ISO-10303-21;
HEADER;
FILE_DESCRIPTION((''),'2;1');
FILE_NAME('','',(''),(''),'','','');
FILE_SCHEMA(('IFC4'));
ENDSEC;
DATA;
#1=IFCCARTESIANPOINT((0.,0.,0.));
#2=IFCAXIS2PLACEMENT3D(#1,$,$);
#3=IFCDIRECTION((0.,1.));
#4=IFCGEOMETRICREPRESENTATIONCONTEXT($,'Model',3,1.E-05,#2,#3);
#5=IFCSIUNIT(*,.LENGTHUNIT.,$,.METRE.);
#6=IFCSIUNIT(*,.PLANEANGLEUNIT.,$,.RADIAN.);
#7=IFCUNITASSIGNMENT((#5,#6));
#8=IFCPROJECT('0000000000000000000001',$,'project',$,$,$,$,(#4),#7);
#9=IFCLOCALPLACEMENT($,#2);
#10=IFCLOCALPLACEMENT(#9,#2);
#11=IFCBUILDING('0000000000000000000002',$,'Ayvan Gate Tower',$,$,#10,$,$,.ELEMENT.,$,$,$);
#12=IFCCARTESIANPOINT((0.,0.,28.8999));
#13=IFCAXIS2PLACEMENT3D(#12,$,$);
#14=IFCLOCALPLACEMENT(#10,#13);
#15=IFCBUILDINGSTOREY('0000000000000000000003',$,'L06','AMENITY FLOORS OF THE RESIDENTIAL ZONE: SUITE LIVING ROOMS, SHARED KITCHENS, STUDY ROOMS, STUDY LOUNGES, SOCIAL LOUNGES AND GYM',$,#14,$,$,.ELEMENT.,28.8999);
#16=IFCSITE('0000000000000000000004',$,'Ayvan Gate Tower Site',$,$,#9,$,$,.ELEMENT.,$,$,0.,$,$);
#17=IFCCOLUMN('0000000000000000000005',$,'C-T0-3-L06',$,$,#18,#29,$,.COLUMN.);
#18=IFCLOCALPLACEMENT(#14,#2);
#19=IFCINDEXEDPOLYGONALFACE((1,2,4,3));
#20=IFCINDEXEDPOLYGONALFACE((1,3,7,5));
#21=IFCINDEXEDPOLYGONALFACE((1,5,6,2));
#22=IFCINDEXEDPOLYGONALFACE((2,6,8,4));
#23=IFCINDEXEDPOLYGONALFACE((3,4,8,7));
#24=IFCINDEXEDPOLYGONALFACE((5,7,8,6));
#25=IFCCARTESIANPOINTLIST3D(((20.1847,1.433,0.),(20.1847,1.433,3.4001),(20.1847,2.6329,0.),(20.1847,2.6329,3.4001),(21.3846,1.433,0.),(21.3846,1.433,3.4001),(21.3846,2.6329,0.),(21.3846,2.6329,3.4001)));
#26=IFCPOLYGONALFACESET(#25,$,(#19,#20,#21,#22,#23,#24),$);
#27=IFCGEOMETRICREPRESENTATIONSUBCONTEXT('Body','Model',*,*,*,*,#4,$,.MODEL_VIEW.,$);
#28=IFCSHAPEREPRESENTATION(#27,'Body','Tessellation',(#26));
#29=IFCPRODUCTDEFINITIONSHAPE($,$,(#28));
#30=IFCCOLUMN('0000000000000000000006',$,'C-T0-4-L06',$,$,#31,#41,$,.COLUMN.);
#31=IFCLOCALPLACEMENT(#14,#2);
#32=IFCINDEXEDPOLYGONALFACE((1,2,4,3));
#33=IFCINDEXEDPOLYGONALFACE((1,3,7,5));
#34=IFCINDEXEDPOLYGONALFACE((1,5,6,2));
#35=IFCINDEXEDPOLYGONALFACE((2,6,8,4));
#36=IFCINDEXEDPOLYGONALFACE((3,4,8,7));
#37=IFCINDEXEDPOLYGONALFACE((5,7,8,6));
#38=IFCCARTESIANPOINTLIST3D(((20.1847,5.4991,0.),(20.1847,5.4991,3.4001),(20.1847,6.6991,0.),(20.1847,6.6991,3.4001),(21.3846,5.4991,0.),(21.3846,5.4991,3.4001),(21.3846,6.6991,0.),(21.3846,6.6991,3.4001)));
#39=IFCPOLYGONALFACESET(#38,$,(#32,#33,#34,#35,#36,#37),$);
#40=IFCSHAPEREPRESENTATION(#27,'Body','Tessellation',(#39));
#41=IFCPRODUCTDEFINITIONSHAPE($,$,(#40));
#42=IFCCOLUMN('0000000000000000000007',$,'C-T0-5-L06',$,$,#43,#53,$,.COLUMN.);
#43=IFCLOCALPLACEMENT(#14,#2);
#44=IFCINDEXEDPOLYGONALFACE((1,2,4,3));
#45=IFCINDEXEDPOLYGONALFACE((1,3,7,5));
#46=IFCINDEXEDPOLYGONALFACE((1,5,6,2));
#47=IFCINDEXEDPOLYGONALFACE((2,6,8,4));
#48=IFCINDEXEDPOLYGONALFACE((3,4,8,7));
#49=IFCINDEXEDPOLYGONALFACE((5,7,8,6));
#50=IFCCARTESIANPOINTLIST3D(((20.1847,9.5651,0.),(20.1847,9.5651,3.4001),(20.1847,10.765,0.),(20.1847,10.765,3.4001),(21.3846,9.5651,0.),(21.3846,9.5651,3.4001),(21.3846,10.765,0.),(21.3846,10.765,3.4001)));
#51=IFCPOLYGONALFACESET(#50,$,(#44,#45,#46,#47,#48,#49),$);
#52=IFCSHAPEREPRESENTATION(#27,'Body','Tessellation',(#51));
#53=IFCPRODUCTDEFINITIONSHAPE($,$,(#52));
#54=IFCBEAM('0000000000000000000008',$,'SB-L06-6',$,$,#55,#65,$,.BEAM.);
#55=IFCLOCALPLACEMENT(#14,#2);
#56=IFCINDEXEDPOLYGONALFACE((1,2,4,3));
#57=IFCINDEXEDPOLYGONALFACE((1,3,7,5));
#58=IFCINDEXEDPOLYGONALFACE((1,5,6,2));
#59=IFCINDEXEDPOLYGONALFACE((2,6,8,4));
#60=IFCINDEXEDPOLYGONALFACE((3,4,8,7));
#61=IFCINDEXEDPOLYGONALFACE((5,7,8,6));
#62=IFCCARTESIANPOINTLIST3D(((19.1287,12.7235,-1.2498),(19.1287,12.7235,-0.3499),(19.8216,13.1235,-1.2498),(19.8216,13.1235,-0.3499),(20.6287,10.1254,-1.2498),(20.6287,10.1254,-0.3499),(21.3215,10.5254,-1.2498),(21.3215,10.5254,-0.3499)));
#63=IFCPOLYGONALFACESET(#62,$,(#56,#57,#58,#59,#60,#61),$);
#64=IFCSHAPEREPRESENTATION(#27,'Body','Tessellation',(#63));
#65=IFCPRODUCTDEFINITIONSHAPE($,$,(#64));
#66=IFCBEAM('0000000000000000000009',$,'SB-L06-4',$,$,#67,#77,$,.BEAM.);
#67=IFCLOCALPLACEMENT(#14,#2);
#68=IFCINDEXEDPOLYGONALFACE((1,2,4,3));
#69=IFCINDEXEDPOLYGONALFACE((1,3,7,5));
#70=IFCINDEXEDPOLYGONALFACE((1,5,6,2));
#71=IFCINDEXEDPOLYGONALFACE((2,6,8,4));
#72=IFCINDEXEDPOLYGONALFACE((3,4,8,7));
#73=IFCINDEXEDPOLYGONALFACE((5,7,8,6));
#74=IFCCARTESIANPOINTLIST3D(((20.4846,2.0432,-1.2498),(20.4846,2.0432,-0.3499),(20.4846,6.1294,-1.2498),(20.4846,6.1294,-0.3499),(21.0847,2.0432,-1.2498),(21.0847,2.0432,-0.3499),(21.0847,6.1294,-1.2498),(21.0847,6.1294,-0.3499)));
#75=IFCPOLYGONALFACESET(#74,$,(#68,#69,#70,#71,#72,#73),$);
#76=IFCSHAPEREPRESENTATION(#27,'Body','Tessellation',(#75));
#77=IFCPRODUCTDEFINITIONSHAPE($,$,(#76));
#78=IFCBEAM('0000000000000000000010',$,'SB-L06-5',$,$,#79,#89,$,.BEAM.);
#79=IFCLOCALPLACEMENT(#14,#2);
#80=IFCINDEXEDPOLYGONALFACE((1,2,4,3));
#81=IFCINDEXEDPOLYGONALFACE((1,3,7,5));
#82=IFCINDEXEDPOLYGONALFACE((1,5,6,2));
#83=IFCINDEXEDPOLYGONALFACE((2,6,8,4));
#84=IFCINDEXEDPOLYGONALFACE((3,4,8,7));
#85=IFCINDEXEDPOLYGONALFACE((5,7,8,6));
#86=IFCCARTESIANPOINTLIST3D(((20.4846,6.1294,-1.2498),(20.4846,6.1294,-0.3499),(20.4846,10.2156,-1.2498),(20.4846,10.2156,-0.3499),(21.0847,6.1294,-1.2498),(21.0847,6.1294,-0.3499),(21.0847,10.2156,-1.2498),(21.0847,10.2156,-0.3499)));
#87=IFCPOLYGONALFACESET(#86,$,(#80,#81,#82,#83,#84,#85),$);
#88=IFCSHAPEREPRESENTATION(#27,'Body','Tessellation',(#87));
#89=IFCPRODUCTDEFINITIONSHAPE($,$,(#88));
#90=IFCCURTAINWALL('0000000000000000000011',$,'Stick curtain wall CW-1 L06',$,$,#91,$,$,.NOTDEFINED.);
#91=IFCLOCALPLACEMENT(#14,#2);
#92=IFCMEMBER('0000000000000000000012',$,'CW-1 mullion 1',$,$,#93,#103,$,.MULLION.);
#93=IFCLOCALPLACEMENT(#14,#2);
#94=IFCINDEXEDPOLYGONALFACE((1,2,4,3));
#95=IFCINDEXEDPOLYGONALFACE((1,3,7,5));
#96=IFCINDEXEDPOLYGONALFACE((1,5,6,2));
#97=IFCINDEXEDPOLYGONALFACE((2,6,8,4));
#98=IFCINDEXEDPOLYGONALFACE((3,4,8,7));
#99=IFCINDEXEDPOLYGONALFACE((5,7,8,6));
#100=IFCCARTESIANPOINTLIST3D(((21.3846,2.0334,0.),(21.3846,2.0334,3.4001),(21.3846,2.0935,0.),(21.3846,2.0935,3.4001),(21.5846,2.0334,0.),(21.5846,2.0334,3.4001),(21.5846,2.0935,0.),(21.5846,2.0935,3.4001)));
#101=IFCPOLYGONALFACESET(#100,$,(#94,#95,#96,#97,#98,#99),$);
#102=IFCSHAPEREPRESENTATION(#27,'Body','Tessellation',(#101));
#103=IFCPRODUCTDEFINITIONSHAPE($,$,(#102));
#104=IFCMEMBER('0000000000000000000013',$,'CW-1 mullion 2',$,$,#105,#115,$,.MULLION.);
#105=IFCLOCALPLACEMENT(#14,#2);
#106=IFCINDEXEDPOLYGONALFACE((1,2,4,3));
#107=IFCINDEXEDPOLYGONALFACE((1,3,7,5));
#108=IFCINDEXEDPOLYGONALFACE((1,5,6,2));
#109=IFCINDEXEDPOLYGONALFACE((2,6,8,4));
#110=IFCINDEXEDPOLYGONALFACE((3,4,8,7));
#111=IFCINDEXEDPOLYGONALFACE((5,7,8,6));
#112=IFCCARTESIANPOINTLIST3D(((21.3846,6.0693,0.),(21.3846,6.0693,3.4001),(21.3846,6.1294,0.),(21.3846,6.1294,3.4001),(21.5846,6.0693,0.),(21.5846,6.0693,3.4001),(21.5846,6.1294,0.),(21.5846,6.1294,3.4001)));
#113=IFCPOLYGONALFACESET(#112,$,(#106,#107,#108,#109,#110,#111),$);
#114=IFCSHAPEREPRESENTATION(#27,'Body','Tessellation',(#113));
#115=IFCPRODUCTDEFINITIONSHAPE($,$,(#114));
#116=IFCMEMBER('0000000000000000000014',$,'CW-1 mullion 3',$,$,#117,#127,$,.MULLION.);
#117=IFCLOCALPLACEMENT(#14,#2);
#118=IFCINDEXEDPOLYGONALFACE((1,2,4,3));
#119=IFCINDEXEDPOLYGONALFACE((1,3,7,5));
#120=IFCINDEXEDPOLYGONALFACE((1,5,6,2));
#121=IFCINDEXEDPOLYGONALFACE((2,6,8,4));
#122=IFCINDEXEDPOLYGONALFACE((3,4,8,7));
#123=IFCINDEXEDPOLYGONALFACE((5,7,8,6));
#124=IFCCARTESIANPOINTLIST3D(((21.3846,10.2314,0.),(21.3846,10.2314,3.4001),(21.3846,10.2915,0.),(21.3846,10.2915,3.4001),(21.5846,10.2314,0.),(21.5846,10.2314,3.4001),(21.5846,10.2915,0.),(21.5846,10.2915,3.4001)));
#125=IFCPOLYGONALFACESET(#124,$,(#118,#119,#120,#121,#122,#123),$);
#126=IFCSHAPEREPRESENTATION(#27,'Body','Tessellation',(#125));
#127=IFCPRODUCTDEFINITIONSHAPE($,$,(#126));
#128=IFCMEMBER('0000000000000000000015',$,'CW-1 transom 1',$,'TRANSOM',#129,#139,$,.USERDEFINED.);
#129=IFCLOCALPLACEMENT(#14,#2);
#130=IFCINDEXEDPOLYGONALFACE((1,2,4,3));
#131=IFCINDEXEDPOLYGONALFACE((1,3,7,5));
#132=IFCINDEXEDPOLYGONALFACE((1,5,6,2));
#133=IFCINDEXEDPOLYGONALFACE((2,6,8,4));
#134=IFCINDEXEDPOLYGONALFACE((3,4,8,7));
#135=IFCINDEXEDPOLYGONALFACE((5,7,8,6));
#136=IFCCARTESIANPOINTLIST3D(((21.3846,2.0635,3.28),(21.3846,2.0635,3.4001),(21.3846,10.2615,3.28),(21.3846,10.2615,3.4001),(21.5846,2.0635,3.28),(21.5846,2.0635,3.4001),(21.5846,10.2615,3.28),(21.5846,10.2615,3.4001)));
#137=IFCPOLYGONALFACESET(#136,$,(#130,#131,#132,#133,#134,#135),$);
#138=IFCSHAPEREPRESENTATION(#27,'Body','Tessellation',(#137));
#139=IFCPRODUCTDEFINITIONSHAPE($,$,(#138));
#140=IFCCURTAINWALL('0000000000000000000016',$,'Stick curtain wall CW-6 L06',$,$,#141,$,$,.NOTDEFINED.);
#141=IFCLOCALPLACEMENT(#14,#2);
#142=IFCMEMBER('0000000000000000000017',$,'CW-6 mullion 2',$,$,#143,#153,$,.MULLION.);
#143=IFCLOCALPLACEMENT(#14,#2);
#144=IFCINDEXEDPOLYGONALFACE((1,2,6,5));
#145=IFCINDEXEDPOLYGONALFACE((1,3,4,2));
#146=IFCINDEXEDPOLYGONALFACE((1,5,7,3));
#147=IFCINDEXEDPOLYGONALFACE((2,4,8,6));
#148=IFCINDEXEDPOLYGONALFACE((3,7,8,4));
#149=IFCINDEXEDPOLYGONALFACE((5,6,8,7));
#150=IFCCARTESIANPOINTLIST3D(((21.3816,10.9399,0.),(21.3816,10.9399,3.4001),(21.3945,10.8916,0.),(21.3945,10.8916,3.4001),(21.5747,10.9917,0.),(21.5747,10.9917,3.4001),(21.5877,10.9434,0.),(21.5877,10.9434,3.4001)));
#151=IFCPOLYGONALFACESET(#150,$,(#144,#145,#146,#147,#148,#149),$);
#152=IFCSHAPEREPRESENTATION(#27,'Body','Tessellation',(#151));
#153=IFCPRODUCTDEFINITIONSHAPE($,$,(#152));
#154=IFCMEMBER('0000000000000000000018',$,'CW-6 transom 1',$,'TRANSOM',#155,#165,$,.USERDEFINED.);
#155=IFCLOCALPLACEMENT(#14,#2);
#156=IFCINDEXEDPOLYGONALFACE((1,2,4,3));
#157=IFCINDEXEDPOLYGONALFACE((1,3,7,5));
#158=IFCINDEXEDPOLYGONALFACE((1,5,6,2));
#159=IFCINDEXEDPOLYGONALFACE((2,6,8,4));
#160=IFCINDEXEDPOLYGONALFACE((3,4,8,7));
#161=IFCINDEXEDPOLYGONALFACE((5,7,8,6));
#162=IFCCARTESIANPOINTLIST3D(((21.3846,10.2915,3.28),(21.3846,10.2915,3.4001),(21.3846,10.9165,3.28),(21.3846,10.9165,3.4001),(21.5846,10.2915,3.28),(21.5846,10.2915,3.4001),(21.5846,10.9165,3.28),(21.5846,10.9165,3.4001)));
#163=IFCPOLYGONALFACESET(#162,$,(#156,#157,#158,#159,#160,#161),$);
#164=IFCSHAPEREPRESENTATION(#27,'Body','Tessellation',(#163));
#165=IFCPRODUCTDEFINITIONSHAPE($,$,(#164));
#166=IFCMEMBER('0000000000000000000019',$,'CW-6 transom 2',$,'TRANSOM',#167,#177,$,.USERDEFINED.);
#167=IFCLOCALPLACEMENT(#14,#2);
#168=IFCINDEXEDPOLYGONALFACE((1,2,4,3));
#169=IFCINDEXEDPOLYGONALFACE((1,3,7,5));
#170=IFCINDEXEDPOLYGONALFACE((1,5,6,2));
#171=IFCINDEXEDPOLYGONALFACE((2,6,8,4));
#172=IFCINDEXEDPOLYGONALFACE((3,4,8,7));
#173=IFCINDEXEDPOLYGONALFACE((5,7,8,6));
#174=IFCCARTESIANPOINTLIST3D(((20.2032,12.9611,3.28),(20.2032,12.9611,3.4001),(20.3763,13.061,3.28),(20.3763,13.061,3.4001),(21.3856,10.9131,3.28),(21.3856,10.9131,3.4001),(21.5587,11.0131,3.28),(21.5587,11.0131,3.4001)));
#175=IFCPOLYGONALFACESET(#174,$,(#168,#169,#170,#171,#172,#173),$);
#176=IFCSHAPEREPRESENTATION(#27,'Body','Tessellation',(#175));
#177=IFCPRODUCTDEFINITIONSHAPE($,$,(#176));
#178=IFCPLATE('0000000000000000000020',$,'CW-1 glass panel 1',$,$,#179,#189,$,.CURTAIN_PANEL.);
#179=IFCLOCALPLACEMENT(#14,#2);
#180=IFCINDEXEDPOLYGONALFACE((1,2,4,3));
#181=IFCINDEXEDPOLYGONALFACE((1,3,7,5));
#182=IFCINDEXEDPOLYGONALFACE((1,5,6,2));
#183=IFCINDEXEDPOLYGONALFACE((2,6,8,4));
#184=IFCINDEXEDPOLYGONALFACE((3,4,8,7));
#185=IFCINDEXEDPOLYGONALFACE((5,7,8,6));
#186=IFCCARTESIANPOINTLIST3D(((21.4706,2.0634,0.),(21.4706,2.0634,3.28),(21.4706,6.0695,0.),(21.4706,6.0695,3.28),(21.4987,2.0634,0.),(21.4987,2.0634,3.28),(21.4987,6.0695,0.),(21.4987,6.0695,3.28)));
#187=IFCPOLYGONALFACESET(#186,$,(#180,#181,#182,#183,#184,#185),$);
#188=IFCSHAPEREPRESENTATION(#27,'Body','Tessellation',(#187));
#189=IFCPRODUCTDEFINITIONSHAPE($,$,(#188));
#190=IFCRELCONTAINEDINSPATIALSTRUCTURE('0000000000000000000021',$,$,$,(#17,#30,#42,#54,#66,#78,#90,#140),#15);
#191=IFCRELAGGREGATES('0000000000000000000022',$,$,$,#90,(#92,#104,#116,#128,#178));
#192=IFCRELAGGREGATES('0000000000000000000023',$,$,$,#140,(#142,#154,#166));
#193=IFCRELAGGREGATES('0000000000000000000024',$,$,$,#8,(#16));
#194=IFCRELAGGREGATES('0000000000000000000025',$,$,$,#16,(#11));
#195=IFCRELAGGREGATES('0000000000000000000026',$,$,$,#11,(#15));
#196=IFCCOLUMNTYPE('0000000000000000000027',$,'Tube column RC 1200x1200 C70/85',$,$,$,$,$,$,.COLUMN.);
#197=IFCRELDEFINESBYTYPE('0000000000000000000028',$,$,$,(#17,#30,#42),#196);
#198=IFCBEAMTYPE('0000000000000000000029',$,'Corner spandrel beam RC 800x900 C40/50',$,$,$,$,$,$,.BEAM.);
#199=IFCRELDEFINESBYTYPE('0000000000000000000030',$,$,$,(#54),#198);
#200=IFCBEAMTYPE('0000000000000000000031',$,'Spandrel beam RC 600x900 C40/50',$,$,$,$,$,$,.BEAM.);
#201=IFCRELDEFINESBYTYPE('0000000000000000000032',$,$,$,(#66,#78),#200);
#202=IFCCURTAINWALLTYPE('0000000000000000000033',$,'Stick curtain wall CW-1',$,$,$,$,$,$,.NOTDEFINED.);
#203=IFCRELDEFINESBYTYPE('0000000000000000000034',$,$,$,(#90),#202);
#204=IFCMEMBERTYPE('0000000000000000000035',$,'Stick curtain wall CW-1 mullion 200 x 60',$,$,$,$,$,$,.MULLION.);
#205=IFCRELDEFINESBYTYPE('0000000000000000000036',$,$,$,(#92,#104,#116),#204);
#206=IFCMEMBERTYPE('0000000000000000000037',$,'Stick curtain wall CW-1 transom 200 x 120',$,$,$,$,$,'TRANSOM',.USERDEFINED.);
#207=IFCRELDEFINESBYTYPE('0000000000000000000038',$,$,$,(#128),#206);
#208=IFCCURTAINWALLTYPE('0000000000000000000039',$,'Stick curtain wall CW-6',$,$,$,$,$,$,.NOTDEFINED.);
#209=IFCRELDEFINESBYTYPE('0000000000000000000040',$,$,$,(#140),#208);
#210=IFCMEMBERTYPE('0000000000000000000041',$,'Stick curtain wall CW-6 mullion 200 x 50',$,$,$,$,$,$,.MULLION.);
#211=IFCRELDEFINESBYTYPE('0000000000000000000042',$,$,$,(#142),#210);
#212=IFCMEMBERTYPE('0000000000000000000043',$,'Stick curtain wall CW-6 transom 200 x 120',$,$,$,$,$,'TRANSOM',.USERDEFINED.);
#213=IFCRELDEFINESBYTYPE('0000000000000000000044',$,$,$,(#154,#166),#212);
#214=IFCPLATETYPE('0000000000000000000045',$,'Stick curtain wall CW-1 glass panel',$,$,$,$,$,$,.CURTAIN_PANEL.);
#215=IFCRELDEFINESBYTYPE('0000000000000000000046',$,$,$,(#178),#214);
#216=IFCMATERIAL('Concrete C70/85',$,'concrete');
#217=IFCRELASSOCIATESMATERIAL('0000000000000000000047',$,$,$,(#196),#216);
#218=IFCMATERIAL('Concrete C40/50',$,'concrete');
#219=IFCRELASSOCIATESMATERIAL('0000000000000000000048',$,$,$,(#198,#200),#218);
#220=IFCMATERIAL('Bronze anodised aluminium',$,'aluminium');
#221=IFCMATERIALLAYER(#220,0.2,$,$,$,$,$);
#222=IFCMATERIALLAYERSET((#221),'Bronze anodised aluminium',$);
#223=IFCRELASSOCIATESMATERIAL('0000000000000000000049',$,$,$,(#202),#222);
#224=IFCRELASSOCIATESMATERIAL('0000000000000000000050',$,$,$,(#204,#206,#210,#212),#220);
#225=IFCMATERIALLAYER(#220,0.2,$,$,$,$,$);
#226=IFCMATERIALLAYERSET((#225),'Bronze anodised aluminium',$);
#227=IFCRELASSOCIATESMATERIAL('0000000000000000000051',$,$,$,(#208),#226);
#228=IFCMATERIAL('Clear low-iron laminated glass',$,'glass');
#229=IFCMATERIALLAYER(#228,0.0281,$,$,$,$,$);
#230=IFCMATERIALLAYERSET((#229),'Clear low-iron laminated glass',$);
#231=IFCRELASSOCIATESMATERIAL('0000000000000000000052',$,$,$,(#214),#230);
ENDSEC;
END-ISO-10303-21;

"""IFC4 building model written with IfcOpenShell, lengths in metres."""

from ifc_helpers import new_model, si_unit, direction, frame, origin, origin_2d, place, context, subcontext, project, spatial, rectangle, extrude, material, layer, layer_set, material_profile, profile_set, type_object, element, aggregate, save


model = new_model("IFC4")

# Units and contexts
model_context = context("Model", 3, precision=1e-05, world=origin(), true_north=direction((0.0, 1.0)))
body_context = subcontext(model_context, "Body", "Model", "MODEL_VIEW")
ifc_project = project(units=[si_unit("LENGTHUNIT", "METRE"), si_unit("PLANEANGLEUNIT", "RADIAN")], contexts=[model_context])

# Site, building, storey
site_placement = place(None, origin())
site = spatial("IfcSite", under=ifc_project, at=site_placement, Name="Ayvan Gate Tower Site", CompositionType="ELEMENT", RefElevation=0.0)
building_placement = place(site_placement, origin())
building = spatial("IfcBuilding", under=site, at=building_placement, Name="Ayvan Gate Tower", CompositionType="ELEMENT")
storey_placement = place(building_placement, frame((0.0, 0.0, 28.8999)))
storey = spatial("IfcBuildingStorey", under=building, at=storey_placement, Name="L06", Description="AMENITY FLOORS OF THE RESIDENTIAL ZONE: SUITE LIVING ROOMS, SHARED KITCHENS, STUDY ROOMS, STUDY LOUNGES, SOCIAL LOUNGES AND GYM", CompositionType="ELEMENT", Elevation=28.8999)

# Columns
ifc_material_1 = material(Name="Concrete C70/85", Category="concrete")
ifc_material_profile_1 = material_profile(ifc_material_1, rectangle(XDim=1.2, YDim=1.2, at=origin_2d()), Name="RC 1200x1200")
ifc_profile_set_1 = profile_set([ifc_material_profile_1], Name="Concrete C70/85")
column_type = type_object("IfcColumnType", Name="Tube column RC 1200x1200 C70/85", PredefinedType="COLUMN", material=ifc_profile_set_1)
for number, where, z_axis, x_axis, name in (
    (1, (20.7847, 2.033, 0.0), (0.0, 0.0, 1.0), (1.0, 0.0, 0.0), "C-T0-3-L06"),
    (2, (20.7847, 6.0991, 0.0), (0.0, 0.0, 1.0), (1.0, 0.0, 0.0), "C-T0-4-L06"),
    (3, (20.7847, 10.165, 0.0), (0.0, 0.0, 1.0), (1.0, 0.0, 0.0), "C-T0-5-L06"),
):
    element("IfcColumn", number, at=place(storey_placement, frame(where, z_axis=z_axis, x_axis=x_axis)), inside=storey, type_object=column_type, Name=name, PredefinedType="COLUMN", context=body_context, shape_type="SweptSolid", body=[
        extrude(rectangle(XDim=1.2, YDim=1.2, at=origin_2d()), origin(), (0.0, 0.0, 1.0), 3.4001),
    ])

# Beams
ifc_material_2 = material(Name="Concrete C40/50", Category="concrete")
ifc_material_profile_2 = material_profile(ifc_material_2, rectangle(XDim=0.8, YDim=0.8999, at=origin_2d()), Name="RC 800x900")
ifc_profile_set_2 = profile_set([ifc_material_profile_2], Name="Concrete C40/50")
beam_type_1 = type_object("IfcBeamType", Name="Corner spandrel beam RC 800x900 C40/50", PredefinedType="BEAM", material=ifc_profile_set_2)
beam_placement = place(storey_placement, frame((20.9751, 10.3254, -0.7998), z_axis=(-0.49999, 0.866031, 0.0), x_axis=(-0.866031, -0.49999, 0.0)))
element("IfcBeam", 4, at=beam_placement, inside=storey, type_object=beam_type_1, Name="SB-L06-6", PredefinedType="BEAM", context=body_context, shape_type="SweptSolid", body=[
    extrude(rectangle(XDim=0.8, YDim=0.8999, at=origin_2d()), origin(), (0.0, 0.0, 1.0), 3.0),
])
ifc_material_profile_3 = material_profile(ifc_material_2, rectangle(XDim=0.6001, YDim=0.8999, at=origin_2d()), Name="RC 600x900")
ifc_profile_set_3 = profile_set([ifc_material_profile_3], Name="Concrete C40/50")
beam_type_2 = type_object("IfcBeamType", Name="Spandrel beam RC 600x900 C40/50", PredefinedType="BEAM", material=ifc_profile_set_3)
for number, where, z_axis, x_axis, name in (
    (5, (20.7847, 2.0432, -0.7998), (0.0, 1.0, 0.0), (-1.0, 0.0, 0.0), "SB-L06-4"),
    (6, (20.7847, 6.1294, -0.7998), (0.0, 1.0, 0.0), (-1.0, 0.0, 0.0), "SB-L06-5"),
):
    element("IfcBeam", number, at=place(storey_placement, frame(where, z_axis=z_axis, x_axis=x_axis)), inside=storey, type_object=beam_type_2, Name=name, PredefinedType="BEAM", context=body_context, shape_type="SweptSolid", body=[
        extrude(rectangle(XDim=0.6001, YDim=0.8999, at=origin_2d()), origin(), (0.0, 0.0, 1.0), 4.0862),
    ])

# Curtain walls, members
ifc_material_3 = material(Name="Bronze anodised aluminium", Category="aluminium")
ifc_layer_1 = layer(ifc_material_3, 0.2)
ifc_layer_set_1 = layer_set([ifc_layer_1], Name="Bronze anodised aluminium")
curtain_wall_type_1 = type_object("IfcCurtainWallType", Name="Stick curtain wall CW-1", PredefinedType="NOTDEFINED", material=ifc_layer_set_1)
curtain_wall_1_placement = place(storey_placement, origin())
curtain_wall_1 = element("IfcCurtainWall", 7, at=curtain_wall_1_placement, inside=storey, type_object=curtain_wall_type_1, Name="Stick curtain wall CW-1 L06", PredefinedType="NOTDEFINED")
ifc_material_profile_4 = material_profile(ifc_material_3, rectangle(XDim=0.2, YDim=0.0601, at=origin_2d()), Name="Stick curtain wall CW-1 mullion 200 x 60")
ifc_profile_set_4 = profile_set([ifc_material_profile_4], Name="Bronze anodised aluminium")
member_type_1 = type_object("IfcMemberType", Name="Stick curtain wall CW-1 mullion 200 x 60", PredefinedType="MULLION", material=ifc_profile_set_4)
member_1_placement = place(storey_placement, frame((21.4846, 2.0635, 0.0), z_axis=(0.0, 0.0, 1.0), x_axis=(1.0, 0.0, 0.0)))
member_1 = element("IfcMember", 8, at=member_1_placement, type_object=member_type_1, Name="CW-1 mullion 1", PredefinedType="MULLION", context=body_context, shape_type="SweptSolid", body=[
    extrude(rectangle(XDim=0.2, YDim=0.0601, at=origin_2d()), origin(), (0.0, 0.0, 1.0), 3.4001),
])
member_2_placement = place(storey_placement, frame((21.4846, 6.0994, 0.0), z_axis=(0.0, 0.0, 1.0), x_axis=(1.0, 0.0, 0.0)))
member_2 = element("IfcMember", 9, at=member_2_placement, type_object=member_type_1, Name="CW-1 mullion 2", PredefinedType="MULLION", context=body_context, shape_type="SweptSolid", body=[
    extrude(rectangle(XDim=0.2, YDim=0.0601, at=origin_2d()), origin(), (0.0, 0.0, 1.0), 3.4001),
])
member_3_placement = place(storey_placement, frame((21.4846, 10.2615, 0.0), z_axis=(0.0, 0.0, 1.0), x_axis=(1.0, 0.0, 0.0)))
member_3 = element("IfcMember", 10, at=member_3_placement, type_object=member_type_1, Name="CW-1 mullion 3", PredefinedType="MULLION", context=body_context, shape_type="SweptSolid", body=[
    extrude(rectangle(XDim=0.2, YDim=0.0601, at=origin_2d()), origin(), (0.0, 0.0, 1.0), 3.4001),
])
ifc_material_profile_5 = material_profile(ifc_material_3, rectangle(XDim=0.2, YDim=0.1201, at=origin_2d()), Name="Stick curtain wall CW-1 transom 200 x 120")
ifc_profile_set_5 = profile_set([ifc_material_profile_5], Name="Bronze anodised aluminium")
member_type_2 = type_object("IfcMemberType", Name="Stick curtain wall CW-1 transom 200 x 120", ElementType="TRANSOM", PredefinedType="USERDEFINED", material=ifc_profile_set_5)
member_4_placement = place(storey_placement, frame((21.4846, 2.0635, 3.3401), z_axis=(0.0, 1.0, 0.0), x_axis=(-1.0, 0.0, 0.0)))
member_4 = element("IfcMember", 11, at=member_4_placement, type_object=member_type_2, Name="CW-1 transom 1", ObjectType="TRANSOM", PredefinedType="USERDEFINED", context=body_context, shape_type="SweptSolid", body=[
    extrude(rectangle(XDim=0.2, YDim=0.1201, at=origin_2d()), origin(), (0.0, 0.0, 1.0), 8.198),
])
ifc_layer_2 = layer(ifc_material_3, 0.2)
ifc_layer_set_2 = layer_set([ifc_layer_2], Name="Bronze anodised aluminium")
curtain_wall_type_2 = type_object("IfcCurtainWallType", Name="Stick curtain wall CW-6", PredefinedType="NOTDEFINED", material=ifc_layer_set_2)
curtain_wall_2_placement = place(storey_placement, origin())
curtain_wall_2 = element("IfcCurtainWall", 12, at=curtain_wall_2_placement, inside=storey, type_object=curtain_wall_type_2, Name="Stick curtain wall CW-6 L06", PredefinedType="NOTDEFINED")
ifc_material_profile_6 = material_profile(ifc_material_3, rectangle(XDim=0.2, YDim=0.05, at=origin_2d()), Name="Stick curtain wall CW-6 mullion 200 x 50")
ifc_profile_set_6 = profile_set([ifc_material_profile_6], Name="Bronze anodised aluminium")
member_type_3 = type_object("IfcMemberType", Name="Stick curtain wall CW-6 mullion 200 x 50", PredefinedType="MULLION", material=ifc_profile_set_6)
member_5_placement = place(storey_placement, frame((21.4846, 10.9417, 0.0), z_axis=(0.0, 0.0, 1.0), x_axis=(0.965926, 0.258819, 0.0)))
member_5 = element("IfcMember", 13, at=member_5_placement, type_object=member_type_3, Name="CW-6 mullion 2", PredefinedType="MULLION", context=body_context, shape_type="SweptSolid", body=[
    extrude(rectangle(XDim=0.2, YDim=0.05, at=origin_2d()), origin(), (0.0, 0.0, 1.0), 3.4001),
])
ifc_material_profile_7 = material_profile(ifc_material_3, rectangle(XDim=0.2, YDim=0.1201, at=origin_2d()), Name="Stick curtain wall CW-6 transom 200 x 120")
ifc_profile_set_7 = profile_set([ifc_material_profile_7], Name="Bronze anodised aluminium")
member_type_4 = type_object("IfcMemberType", Name="Stick curtain wall CW-6 transom 200 x 120", ElementType="TRANSOM", PredefinedType="USERDEFINED", material=ifc_profile_set_7)
member_6_placement = place(storey_placement, frame((21.4846, 10.2915, 3.3401), z_axis=(0.0, 1.0, 0.0), x_axis=(-1.0, 0.0, 0.0)))
member_6 = element("IfcMember", 14, at=member_6_placement, type_object=member_type_4, Name="CW-6 transom 1", ObjectType="TRANSOM", PredefinedType="USERDEFINED", context=body_context, shape_type="SweptSolid", body=[
    extrude(rectangle(XDim=0.2, YDim=0.1201, at=origin_2d()), origin(), (0.0, 0.0, 1.0), 0.625),
])
member_7_placement = place(storey_placement, frame((21.4722, 10.9631, 3.3401), z_axis=(-0.500014, 0.866017, 0.0), x_axis=(-0.866017, -0.500014, 0.0)))
member_7 = element("IfcMember", 15, at=member_7_placement, type_object=member_type_4, Name="CW-6 transom 2", ObjectType="TRANSOM", PredefinedType="USERDEFINED", context=body_context, shape_type="SweptSolid", body=[
    extrude(rectangle(XDim=0.2, YDim=0.1201, at=origin_2d()), origin(), (0.0, 0.0, 1.0), 2.3647),
])

# Plate
ifc_material_4 = material(Name="Clear low-iron laminated glass", Category="glass")
ifc_layer_3 = layer(ifc_material_4, 0.0281)
ifc_layer_set_3 = layer_set([ifc_layer_3], Name="Clear low-iron laminated glass")
plate_type_1 = type_object("IfcPlateType", Name="Stick curtain wall CW-1 glass panel", PredefinedType="CURTAIN_PANEL", material=ifc_layer_set_3)
plate_1_placement = place(storey_placement, frame((21.4846, 4.0664, 0.0), z_axis=(0.0, 0.0, 1.0), x_axis=(0.0, 1.0, 0.0)))
plate_1 = element("IfcPlate", 16, at=plate_1_placement, type_object=plate_type_1, Name="CW-1 glass panel 1", PredefinedType="CURTAIN_PANEL", context=body_context, shape_type="SweptSolid", body=[
    extrude(rectangle(XDim=4.0061, YDim=0.0281, at=origin_2d()), origin(), (0.0, 0.0, 1.0), 3.28),
])
aggregate(curtain_wall_1, [member_1, member_2, member_3, member_4, plate_1])
aggregate(curtain_wall_2, [member_5, member_6, member_7])

save(model, "model.ifc")
